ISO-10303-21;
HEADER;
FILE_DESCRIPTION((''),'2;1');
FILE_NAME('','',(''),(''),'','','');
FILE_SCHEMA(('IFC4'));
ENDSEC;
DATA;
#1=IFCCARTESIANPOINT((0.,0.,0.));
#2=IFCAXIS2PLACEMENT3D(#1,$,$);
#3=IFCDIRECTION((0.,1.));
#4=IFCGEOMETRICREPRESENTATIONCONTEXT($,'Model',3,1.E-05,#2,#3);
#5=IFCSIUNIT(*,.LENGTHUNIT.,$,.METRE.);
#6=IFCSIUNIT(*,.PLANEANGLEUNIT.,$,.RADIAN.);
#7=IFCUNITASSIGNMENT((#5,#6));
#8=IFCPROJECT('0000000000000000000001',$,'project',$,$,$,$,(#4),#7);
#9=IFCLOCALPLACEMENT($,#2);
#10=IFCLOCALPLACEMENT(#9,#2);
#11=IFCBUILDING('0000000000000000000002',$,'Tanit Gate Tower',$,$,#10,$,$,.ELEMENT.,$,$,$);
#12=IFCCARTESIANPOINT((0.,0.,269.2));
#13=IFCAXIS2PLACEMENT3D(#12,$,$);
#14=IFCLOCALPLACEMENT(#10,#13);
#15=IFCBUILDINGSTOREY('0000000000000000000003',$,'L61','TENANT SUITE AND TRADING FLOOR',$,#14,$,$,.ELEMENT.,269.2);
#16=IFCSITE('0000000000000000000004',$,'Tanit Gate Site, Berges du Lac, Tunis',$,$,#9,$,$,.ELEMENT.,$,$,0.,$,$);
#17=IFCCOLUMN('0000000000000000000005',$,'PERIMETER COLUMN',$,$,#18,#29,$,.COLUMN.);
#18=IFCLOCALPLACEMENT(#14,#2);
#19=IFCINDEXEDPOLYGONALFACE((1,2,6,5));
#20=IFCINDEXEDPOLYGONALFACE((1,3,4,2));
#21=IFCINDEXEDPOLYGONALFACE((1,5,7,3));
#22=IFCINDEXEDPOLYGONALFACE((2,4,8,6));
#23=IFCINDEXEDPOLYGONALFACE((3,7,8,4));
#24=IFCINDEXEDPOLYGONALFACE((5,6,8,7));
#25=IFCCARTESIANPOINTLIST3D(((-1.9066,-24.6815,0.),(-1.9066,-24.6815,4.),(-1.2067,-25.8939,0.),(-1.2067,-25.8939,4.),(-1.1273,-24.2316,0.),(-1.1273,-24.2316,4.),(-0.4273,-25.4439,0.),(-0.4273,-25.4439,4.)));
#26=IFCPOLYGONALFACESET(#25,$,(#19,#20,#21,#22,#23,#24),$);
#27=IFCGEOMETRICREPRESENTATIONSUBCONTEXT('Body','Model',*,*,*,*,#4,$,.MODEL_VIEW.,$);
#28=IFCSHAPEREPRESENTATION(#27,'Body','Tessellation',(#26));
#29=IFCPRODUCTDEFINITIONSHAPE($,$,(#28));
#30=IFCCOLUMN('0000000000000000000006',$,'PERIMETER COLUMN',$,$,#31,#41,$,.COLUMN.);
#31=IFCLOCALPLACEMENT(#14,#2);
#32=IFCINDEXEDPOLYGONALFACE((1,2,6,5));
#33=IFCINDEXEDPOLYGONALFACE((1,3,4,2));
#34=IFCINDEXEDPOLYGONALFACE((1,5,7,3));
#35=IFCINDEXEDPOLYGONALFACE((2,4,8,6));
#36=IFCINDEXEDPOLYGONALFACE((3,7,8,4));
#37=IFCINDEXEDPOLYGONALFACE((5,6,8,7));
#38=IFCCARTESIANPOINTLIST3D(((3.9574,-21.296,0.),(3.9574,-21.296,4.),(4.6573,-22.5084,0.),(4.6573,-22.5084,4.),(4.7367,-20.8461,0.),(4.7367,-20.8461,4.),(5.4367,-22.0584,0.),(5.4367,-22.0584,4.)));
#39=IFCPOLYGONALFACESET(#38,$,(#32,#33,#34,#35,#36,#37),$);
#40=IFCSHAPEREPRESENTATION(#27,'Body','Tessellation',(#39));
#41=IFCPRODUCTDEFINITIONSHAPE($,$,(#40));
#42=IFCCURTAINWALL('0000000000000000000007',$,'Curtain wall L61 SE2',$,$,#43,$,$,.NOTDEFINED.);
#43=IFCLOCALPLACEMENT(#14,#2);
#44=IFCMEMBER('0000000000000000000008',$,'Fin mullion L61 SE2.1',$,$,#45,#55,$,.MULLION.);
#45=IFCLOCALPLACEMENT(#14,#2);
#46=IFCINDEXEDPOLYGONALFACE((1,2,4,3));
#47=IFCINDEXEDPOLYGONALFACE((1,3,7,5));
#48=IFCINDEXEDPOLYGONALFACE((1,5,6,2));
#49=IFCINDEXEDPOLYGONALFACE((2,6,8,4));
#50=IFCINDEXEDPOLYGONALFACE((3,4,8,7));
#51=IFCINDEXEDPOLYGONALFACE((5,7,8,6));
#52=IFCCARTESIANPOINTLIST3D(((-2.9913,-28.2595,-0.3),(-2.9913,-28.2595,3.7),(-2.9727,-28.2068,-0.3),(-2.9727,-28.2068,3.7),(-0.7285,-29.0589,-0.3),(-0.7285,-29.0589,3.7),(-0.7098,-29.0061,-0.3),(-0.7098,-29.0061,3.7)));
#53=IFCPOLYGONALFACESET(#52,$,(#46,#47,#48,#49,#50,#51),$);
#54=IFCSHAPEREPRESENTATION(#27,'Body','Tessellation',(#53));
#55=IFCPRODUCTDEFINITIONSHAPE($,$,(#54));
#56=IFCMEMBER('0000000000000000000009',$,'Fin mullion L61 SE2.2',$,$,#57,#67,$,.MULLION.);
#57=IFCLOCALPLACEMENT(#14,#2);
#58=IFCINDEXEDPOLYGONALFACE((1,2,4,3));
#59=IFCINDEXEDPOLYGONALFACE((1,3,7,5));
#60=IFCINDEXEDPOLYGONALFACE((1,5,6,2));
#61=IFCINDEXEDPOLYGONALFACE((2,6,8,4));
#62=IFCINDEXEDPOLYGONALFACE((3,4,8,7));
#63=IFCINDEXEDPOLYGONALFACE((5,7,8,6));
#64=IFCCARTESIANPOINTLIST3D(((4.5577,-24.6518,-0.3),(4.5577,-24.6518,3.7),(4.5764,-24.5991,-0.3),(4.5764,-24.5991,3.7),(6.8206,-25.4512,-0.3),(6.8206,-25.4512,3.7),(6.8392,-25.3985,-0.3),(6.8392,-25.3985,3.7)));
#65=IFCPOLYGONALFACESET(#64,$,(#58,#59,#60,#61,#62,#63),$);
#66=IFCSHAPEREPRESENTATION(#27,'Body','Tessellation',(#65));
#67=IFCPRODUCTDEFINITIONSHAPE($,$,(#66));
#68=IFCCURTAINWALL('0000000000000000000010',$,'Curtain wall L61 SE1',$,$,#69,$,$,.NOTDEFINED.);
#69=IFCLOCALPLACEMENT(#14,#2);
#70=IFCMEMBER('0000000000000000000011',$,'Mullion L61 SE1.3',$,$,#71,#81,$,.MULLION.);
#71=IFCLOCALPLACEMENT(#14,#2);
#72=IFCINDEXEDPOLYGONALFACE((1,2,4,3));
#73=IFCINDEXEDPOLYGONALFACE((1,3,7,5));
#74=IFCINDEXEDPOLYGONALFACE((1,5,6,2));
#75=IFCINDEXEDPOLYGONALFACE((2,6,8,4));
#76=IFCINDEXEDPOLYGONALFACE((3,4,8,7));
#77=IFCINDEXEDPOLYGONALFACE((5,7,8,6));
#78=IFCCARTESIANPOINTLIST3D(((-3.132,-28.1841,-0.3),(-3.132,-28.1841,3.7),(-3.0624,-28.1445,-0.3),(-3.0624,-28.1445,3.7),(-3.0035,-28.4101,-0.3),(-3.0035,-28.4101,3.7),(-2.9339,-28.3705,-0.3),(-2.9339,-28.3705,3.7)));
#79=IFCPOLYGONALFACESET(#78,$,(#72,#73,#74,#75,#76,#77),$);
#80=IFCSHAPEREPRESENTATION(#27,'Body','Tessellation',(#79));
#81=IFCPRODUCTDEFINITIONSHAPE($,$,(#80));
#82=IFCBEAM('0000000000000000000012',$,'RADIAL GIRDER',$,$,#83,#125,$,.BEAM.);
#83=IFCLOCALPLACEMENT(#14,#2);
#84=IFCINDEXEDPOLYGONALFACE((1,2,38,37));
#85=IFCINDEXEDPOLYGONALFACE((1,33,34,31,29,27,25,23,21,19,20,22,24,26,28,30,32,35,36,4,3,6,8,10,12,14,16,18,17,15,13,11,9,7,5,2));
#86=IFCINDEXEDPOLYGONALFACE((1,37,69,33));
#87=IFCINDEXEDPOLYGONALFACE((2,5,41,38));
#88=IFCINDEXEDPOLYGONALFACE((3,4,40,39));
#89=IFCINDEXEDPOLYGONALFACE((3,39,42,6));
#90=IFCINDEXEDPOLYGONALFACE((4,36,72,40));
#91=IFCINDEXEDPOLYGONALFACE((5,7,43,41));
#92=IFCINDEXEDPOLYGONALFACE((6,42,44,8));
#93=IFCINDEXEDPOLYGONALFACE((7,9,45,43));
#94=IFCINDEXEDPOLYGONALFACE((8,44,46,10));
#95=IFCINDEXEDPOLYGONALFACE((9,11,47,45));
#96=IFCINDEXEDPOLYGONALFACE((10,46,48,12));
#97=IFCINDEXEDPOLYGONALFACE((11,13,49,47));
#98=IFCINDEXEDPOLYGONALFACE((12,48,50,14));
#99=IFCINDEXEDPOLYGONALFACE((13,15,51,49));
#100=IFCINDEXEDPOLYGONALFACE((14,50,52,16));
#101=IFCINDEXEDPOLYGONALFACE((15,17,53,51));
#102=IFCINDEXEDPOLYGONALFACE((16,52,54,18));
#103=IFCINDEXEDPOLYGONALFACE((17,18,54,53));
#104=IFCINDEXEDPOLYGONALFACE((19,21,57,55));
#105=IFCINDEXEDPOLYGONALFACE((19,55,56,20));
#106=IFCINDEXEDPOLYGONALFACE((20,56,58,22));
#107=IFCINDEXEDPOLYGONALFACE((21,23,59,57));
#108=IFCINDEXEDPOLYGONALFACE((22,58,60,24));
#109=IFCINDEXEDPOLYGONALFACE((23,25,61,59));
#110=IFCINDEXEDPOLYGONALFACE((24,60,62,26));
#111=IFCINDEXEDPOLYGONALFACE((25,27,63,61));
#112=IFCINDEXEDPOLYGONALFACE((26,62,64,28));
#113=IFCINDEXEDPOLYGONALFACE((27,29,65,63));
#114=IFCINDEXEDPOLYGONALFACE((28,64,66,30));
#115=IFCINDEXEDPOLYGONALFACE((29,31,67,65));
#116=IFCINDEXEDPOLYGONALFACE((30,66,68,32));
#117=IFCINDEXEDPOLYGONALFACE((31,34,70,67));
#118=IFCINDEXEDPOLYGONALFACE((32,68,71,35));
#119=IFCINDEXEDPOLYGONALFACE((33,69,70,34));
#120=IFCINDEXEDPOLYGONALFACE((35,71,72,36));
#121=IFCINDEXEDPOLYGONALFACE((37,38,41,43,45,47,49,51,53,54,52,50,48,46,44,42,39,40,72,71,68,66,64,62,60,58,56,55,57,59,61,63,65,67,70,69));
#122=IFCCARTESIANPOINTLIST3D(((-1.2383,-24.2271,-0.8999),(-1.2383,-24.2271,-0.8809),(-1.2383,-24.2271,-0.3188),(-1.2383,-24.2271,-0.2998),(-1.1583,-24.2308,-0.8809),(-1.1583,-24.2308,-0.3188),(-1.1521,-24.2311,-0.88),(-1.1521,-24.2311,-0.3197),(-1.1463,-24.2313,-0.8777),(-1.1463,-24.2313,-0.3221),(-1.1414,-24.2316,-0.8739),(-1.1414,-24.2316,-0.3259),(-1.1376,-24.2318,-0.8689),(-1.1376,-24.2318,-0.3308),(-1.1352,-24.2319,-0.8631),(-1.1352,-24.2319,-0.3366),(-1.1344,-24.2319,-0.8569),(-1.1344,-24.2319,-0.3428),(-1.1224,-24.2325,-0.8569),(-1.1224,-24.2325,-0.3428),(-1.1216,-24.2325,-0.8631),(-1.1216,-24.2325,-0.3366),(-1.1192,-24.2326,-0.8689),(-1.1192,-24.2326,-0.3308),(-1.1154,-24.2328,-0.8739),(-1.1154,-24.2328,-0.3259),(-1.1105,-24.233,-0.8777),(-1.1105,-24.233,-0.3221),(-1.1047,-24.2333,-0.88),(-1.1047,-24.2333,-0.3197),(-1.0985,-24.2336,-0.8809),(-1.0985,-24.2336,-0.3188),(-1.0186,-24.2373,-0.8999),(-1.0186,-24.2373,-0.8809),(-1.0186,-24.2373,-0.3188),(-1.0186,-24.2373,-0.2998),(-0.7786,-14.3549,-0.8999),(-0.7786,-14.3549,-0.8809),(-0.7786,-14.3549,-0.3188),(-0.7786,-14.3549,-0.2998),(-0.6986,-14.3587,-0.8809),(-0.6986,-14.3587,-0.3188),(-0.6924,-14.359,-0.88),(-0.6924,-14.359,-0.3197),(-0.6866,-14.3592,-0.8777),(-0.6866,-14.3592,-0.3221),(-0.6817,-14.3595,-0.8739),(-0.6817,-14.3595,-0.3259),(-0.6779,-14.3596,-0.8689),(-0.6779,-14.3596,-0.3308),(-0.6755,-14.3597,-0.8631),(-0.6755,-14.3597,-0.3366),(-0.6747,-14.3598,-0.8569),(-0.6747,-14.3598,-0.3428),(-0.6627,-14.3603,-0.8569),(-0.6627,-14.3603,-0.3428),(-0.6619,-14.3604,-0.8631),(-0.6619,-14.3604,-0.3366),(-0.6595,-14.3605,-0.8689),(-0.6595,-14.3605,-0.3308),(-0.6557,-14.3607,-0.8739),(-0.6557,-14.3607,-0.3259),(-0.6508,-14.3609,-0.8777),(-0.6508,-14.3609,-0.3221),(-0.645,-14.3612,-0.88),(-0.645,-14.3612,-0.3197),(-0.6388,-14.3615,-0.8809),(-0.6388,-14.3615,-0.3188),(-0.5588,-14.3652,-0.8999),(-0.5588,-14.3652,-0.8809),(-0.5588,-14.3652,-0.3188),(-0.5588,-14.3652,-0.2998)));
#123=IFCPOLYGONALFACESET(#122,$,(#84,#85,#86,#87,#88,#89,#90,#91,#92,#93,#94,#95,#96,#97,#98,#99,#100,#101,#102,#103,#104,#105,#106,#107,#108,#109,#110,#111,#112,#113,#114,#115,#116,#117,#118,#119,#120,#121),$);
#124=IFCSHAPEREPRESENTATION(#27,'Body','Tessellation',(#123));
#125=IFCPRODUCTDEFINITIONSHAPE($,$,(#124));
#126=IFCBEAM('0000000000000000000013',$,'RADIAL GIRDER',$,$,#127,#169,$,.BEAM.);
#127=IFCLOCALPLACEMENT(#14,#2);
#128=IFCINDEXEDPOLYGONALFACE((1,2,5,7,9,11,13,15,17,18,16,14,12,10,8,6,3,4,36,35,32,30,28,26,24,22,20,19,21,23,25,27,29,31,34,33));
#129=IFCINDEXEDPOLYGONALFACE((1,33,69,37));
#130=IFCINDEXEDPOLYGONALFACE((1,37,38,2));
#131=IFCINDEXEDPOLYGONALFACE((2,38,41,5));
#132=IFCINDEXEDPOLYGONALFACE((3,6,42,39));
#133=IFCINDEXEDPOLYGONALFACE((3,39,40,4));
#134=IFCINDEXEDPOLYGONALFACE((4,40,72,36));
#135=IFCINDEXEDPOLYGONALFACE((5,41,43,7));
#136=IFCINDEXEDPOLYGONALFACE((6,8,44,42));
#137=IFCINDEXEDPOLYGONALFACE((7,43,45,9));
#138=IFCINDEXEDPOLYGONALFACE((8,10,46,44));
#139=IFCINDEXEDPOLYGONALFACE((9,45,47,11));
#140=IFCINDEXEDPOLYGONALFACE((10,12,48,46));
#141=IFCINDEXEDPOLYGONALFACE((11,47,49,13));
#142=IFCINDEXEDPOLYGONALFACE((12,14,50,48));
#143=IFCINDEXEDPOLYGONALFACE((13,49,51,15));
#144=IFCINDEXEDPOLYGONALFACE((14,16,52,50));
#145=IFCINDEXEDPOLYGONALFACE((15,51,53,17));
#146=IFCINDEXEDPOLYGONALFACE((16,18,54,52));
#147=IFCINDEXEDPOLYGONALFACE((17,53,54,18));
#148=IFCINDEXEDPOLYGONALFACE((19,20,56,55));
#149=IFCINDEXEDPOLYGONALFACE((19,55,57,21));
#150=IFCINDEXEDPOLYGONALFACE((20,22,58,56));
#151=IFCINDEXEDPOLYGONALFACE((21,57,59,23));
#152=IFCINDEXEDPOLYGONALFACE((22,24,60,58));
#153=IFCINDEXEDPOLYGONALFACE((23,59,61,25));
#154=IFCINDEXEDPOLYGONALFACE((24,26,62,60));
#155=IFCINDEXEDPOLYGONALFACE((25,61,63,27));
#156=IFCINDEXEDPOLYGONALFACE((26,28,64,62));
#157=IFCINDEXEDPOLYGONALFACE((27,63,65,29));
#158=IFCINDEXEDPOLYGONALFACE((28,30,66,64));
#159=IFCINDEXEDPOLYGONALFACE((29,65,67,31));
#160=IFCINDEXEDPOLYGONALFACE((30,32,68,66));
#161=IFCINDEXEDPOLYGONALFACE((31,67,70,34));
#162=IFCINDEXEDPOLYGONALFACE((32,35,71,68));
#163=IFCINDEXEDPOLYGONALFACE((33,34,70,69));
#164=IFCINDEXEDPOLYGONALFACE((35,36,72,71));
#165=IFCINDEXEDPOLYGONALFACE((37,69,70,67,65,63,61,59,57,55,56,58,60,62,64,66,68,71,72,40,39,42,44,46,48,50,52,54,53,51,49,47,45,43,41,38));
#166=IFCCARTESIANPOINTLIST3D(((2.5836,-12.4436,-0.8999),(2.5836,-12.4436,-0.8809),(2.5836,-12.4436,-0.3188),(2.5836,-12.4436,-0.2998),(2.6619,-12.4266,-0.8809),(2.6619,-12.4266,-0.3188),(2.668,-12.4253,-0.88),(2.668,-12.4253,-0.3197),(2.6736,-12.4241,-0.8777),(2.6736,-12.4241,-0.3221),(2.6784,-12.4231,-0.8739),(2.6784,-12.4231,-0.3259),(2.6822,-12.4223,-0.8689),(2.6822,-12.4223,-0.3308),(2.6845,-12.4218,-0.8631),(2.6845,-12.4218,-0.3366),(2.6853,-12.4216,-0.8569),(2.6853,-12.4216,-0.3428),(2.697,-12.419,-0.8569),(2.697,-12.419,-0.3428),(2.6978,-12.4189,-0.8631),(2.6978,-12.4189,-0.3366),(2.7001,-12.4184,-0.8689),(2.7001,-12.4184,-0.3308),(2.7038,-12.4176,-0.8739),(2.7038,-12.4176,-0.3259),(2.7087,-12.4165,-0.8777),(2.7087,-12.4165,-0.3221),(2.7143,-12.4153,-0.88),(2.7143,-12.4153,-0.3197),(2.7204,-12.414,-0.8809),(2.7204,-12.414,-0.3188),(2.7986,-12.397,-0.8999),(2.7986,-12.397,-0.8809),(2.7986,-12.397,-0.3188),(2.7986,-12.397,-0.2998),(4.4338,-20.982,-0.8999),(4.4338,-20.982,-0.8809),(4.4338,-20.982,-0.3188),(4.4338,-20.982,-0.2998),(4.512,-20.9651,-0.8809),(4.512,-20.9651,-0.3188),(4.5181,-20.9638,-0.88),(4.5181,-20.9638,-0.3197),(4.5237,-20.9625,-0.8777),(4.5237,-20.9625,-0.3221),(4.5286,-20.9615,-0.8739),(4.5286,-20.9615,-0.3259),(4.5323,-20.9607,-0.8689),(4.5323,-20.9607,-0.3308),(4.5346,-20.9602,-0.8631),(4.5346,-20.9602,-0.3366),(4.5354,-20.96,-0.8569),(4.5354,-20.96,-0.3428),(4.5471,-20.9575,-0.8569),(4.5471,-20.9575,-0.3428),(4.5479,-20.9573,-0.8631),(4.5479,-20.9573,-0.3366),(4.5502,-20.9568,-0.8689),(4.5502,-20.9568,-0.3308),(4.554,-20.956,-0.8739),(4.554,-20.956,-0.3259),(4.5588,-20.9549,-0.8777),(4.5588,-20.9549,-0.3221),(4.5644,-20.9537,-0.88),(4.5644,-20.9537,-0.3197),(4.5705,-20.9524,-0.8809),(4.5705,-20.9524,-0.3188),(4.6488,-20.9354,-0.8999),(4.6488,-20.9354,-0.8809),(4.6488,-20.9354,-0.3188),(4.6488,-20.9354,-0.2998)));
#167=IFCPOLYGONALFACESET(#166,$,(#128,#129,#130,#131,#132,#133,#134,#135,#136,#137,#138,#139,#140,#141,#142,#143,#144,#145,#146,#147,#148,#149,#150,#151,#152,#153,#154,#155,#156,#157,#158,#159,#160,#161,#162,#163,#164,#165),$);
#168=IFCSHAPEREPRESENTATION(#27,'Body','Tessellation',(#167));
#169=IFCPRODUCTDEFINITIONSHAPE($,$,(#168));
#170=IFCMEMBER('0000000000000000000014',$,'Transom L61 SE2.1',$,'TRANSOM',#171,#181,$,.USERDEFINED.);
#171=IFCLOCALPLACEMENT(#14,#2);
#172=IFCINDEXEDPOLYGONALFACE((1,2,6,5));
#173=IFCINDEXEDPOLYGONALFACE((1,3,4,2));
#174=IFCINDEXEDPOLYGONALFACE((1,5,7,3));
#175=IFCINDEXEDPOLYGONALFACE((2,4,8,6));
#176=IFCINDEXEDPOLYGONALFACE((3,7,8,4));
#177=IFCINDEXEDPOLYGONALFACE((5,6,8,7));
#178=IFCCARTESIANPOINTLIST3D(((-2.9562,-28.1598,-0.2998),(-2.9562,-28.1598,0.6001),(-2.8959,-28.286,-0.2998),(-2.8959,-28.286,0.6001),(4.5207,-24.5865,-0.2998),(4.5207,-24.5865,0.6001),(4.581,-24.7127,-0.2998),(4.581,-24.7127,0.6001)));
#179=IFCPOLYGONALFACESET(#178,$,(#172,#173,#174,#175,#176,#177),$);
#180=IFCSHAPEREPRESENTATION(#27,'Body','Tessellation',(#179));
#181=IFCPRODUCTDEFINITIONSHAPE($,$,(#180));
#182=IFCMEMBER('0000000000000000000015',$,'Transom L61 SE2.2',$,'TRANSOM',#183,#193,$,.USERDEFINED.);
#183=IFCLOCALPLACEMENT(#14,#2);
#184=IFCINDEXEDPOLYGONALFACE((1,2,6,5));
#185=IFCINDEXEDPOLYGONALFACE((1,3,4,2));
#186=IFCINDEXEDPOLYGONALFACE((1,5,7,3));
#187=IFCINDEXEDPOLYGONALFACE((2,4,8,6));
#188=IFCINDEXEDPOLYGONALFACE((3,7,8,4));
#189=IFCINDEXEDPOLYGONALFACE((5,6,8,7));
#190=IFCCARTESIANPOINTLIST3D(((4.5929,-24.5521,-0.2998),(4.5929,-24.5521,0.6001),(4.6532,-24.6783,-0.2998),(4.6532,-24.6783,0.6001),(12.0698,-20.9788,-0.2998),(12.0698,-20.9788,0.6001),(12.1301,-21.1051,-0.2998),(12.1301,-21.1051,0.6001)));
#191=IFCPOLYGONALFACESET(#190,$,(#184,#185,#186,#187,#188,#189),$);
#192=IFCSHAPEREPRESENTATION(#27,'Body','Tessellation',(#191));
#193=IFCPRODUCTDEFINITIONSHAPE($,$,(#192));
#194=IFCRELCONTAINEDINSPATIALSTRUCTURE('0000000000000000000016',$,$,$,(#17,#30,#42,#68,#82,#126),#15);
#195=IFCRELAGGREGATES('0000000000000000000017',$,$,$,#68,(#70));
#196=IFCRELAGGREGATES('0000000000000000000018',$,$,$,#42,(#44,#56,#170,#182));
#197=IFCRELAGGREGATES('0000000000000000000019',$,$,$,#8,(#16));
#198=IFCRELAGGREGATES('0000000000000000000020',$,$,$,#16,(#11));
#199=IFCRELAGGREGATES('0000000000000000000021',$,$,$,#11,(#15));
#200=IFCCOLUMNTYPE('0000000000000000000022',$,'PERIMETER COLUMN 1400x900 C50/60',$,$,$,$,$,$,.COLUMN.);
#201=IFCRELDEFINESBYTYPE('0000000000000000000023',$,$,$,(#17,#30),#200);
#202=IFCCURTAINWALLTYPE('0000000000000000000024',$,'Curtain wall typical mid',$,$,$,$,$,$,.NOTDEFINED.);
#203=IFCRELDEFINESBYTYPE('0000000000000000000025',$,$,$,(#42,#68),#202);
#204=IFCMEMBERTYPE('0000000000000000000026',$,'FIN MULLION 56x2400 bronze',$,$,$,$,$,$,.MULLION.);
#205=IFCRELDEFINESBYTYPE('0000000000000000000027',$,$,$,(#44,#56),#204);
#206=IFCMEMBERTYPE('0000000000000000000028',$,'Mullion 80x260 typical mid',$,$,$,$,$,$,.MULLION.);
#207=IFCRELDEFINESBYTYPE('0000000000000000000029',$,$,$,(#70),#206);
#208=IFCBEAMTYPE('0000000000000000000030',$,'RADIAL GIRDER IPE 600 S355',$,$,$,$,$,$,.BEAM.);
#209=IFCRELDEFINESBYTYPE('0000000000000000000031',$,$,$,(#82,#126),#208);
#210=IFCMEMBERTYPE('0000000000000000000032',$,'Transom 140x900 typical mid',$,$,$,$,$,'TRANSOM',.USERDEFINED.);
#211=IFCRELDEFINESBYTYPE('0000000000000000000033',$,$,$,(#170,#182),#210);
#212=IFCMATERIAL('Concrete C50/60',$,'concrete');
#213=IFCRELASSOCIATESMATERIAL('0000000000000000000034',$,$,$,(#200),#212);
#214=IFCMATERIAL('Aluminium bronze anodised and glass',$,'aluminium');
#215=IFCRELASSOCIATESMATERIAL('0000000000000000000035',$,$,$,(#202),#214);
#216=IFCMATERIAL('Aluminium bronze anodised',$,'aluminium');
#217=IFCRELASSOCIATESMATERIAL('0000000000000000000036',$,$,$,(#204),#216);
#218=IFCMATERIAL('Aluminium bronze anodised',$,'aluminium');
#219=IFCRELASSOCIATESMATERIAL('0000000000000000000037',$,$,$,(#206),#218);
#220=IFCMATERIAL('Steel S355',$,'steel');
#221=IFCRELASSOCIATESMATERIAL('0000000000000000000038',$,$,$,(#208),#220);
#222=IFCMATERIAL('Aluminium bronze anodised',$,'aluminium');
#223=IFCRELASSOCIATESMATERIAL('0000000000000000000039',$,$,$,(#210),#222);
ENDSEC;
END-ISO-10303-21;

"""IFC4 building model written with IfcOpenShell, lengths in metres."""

from ifc_helpers import new_model, si_unit, direction, frame, origin, origin_2d, place, context, subcontext, project, spatial, rectangle, i_section, extrude, material, material_profile, profile_set, type_object, element, aggregate, save


model = new_model("IFC4")

# Units and contexts
model_context = context("Model", 3, precision=1e-05, world=origin(), true_north=direction((0.0, 1.0)))
body_context = subcontext(model_context, "Body", "Model", "MODEL_VIEW")
ifc_project = project(units=[si_unit("LENGTHUNIT", "METRE"), si_unit("PLANEANGLEUNIT", "RADIAN")], contexts=[model_context])

# Site, building, storey
site_placement = place(None, origin())
site = spatial("IfcSite", under=ifc_project, at=site_placement, Name="Tanit Gate Site, Berges du Lac, Tunis", CompositionType="ELEMENT", RefElevation=0.0)
building_placement = place(site_placement, origin())
building = spatial("IfcBuilding", under=site, at=building_placement, Name="Tanit Gate Tower", CompositionType="ELEMENT")
storey_placement = place(building_placement, frame((0.0, 0.0, 269.2)))
storey = spatial("IfcBuildingStorey", under=building, at=storey_placement, Name="L61", Description="TENANT SUITE AND TRADING FLOOR", CompositionType="ELEMENT", Elevation=269.2)

# Columns
ifc_material_1 = material(Name="Concrete C50/60", Category="concrete")
ifc_material_profile_1 = material_profile(ifc_material_1, rectangle(XDim=1.3999, YDim=0.8999, at=origin_2d()), Name="RC 1400x900")
ifc_profile_set_1 = profile_set([ifc_material_profile_1], Name="Concrete C50/60")
column_type = type_object("IfcColumnType", Name="PERIMETER COLUMN 1400x900 C50/60", PredefinedType="COLUMN", material=ifc_profile_set_1)
for number, where, z_axis, x_axis, name in (
    (1, (-1.167, -25.0627, 0.0), (0.0, 0.0, 1.0), (0.5, -0.866025, 0.0), "PERIMETER COLUMN"),
    (2, (4.697, -21.6772, 0.0), (0.0, 0.0, 1.0), (0.5, -0.866025, 0.0), "PERIMETER COLUMN"),
):
    element("IfcColumn", number, at=place(storey_placement, frame(where, z_axis=z_axis, x_axis=x_axis)), inside=storey, type_object=column_type, Name=name, PredefinedType="COLUMN", context=body_context, shape_type="SweptSolid", body=[
        extrude(rectangle(XDim=1.3999, YDim=0.8999, at=origin_2d()), origin(), (0.0, 0.0, 1.0), 4.0),
    ])

# Curtain wall, members
ifc_material_2 = material(Name="Aluminium bronze anodised and glass", Category="aluminium")
curtain_wall_type = type_object("IfcCurtainWallType", Name="Curtain wall typical mid", PredefinedType="NOTDEFINED", material=ifc_material_2)
curtain_wall_1_placement = place(storey_placement, origin())
curtain_wall_1 = element("IfcCurtainWall", 3, at=curtain_wall_1_placement, inside=storey, type_object=curtain_wall_type, Name="Curtain wall L61 SE2", PredefinedType="NOTDEFINED")
ifc_material_3 = material(Name="Aluminium bronze anodised", Category="aluminium")
ifc_material_profile_2 = material_profile(ifc_material_3, rectangle(XDim=2.3999, YDim=0.0559, at=origin_2d()), Name="56x2400 bronze fin mullion")
ifc_profile_set_2 = profile_set([ifc_material_profile_2], Name="Aluminium bronze anodised")
member_type_1 = type_object("IfcMemberType", Name="FIN MULLION 56x2400 bronze", PredefinedType="MULLION", material=ifc_profile_set_2)
member_1_placement = place(storey_placement, frame((-1.8506, -28.6328, -0.3), z_axis=(0.0, 0.0, 1.0), x_axis=(-0.942895, 0.33309, 0.0)))
member_1 = element("IfcMember", 4, at=member_1_placement, type_object=member_type_1, Name="Fin mullion L61 SE2.1", PredefinedType="MULLION", context=body_context, shape_type="SweptSolid", body=[
    extrude(rectangle(XDim=2.3999, YDim=0.0559, at=origin_2d()), origin(), (0.0, 0.0, 1.0), 4.0),
])
member_2_placement = place(storey_placement, frame((5.6985, -25.0251, -0.3), z_axis=(0.0, 0.0, 1.0), x_axis=(-0.942895, 0.33309, 0.0)))
member_2 = element("IfcMember", 5, at=member_2_placement, type_object=member_type_1, Name="Fin mullion L61 SE2.2", PredefinedType="MULLION", context=body_context, shape_type="SweptSolid", body=[
    extrude(rectangle(XDim=2.3999, YDim=0.0559, at=origin_2d()), origin(), (0.0, 0.0, 1.0), 4.0),
])

# Curtain wall, member
curtain_wall_2_placement = place(storey_placement, origin())
curtain_wall_2 = element("IfcCurtainWall", 6, at=curtain_wall_2_placement, inside=storey, type_object=curtain_wall_type, Name="Curtain wall L61 SE1", PredefinedType="NOTDEFINED")
ifc_material_4 = material(Name="Aluminium bronze anodised", Category="aluminium")
ifc_material_profile_3 = material_profile(ifc_material_4, rectangle(XDim=0.26, YDim=0.0801, at=origin_2d()), Name="80x260 bronze mullion")
ifc_profile_set_3 = profile_set([ifc_material_profile_3], Name="Aluminium bronze anodised")
member_type_2 = type_object("IfcMemberType", Name="Mullion 80x260 typical mid", PredefinedType="MULLION", material=ifc_profile_set_3)
member_3_placement = place(storey_placement, frame((-3.033, -28.2773, -0.3), z_axis=(0.0, 0.0, 1.0), x_axis=(-0.49447, 0.869195, 0.0)))
member_3 = element("IfcMember", 7, at=member_3_placement, type_object=member_type_2, Name="Mullion L61 SE1.3", PredefinedType="MULLION", context=body_context, shape_type="SweptSolid", body=[
    extrude(rectangle(XDim=0.26, YDim=0.0801, at=origin_2d()), origin(), (0.0, 0.0, 1.0), 4.0),
])
aggregate(curtain_wall_2, [member_3])

# Beams
ifc_material_5 = material(Name="Steel S355", Category="steel")
ifc_material_profile_4 = material_profile(ifc_material_5, i_section(OverallWidth=0.22, OverallDepth=0.6001, WebThickness=0.012, FlangeThickness=0.019, FilletRadius=0.0239, at=origin_2d()), Name="IPE 600")
ifc_profile_set_4 = profile_set([ifc_material_profile_4], Name="Steel S355")
beam_type = type_object("IfcBeamType", Name="RADIAL GIRDER IPE 600 S355", PredefinedType="BEAM", material=ifc_profile_set_4)
beam_1_placement = place(storey_placement, frame((-1.1284, -24.2322, -0.5999), z_axis=(0.046517, 0.998917, 0.0), x_axis=(-0.998917, 0.046517, 0.0)))
element("IfcBeam", 8, at=beam_1_placement, inside=storey, type_object=beam_type, Name="RADIAL GIRDER", PredefinedType="BEAM", context=body_context, shape_type="SweptSolid", body=[
    extrude(i_section(OverallWidth=0.22, OverallDepth=0.6001, WebThickness=0.012, FlangeThickness=0.019, FilletRadius=0.0239, at=origin_2d()), origin(), (0.0, 0.0, 1.0), 9.8828),
])
beam_2_placement = place(storey_placement, frame((4.5413, -20.9587, -0.5999), z_axis=(-0.211767, 0.97732, 0.0), x_axis=(-0.97732, -0.211767, 0.0)))
element("IfcBeam", 9, at=beam_2_placement, inside=storey, type_object=beam_type, Name="RADIAL GIRDER", PredefinedType="BEAM", context=body_context, shape_type="SweptSolid", body=[
    extrude(i_section(OverallWidth=0.22, OverallDepth=0.6001, WebThickness=0.012, FlangeThickness=0.019, FilletRadius=0.0239, at=origin_2d()), origin(), (0.0, 0.0, 1.0), 8.7366),
])

# Members
ifc_material_6 = material(Name="Aluminium bronze anodised", Category="aluminium")
ifc_material_profile_5 = material_profile(ifc_material_6, rectangle(XDim=0.1399, YDim=0.8999, at=origin_2d()), Name="140x900 bronze transom")
ifc_profile_set_5 = profile_set([ifc_material_profile_5], Name="Aluminium bronze anodised")
member_type_3 = type_object("IfcMemberType", Name="Transom 140x900 typical mid", ElementType="TRANSOM", PredefinedType="USERDEFINED", material=ifc_profile_set_5)
member_4_placement = place(storey_placement, frame((-2.926, -28.2229, 0.1501), z_axis=(0.902257, 0.431198, 0.0), x_axis=(-0.431198, 0.902257, 0.0)))
member_4 = element("IfcMember", 10, at=member_4_placement, type_object=member_type_3, Name="Transom L61 SE2.1", ObjectType="TRANSOM", PredefinedType="USERDEFINED", context=body_context, shape_type="SweptSolid", body=[
    extrude(rectangle(XDim=0.1399, YDim=0.8999, at=origin_2d()), origin(), (0.0, 0.0, 1.0), 8.2869),
])
member_5_placement = place(storey_placement, frame((4.623, -24.6152, 0.1501), z_axis=(0.902257, 0.431198, 0.0), x_axis=(-0.431198, 0.902257, 0.0)))
member_5 = element("IfcMember", 11, at=member_5_placement, type_object=member_type_3, Name="Transom L61 SE2.2", ObjectType="TRANSOM", PredefinedType="USERDEFINED", context=body_context, shape_type="SweptSolid", body=[
    extrude(rectangle(XDim=0.1399, YDim=0.8999, at=origin_2d()), origin(), (0.0, 0.0, 1.0), 8.2869),
])

aggregate(curtain_wall_1, [member_1, member_2, member_4, member_5])

save(model, "model.ifc")
